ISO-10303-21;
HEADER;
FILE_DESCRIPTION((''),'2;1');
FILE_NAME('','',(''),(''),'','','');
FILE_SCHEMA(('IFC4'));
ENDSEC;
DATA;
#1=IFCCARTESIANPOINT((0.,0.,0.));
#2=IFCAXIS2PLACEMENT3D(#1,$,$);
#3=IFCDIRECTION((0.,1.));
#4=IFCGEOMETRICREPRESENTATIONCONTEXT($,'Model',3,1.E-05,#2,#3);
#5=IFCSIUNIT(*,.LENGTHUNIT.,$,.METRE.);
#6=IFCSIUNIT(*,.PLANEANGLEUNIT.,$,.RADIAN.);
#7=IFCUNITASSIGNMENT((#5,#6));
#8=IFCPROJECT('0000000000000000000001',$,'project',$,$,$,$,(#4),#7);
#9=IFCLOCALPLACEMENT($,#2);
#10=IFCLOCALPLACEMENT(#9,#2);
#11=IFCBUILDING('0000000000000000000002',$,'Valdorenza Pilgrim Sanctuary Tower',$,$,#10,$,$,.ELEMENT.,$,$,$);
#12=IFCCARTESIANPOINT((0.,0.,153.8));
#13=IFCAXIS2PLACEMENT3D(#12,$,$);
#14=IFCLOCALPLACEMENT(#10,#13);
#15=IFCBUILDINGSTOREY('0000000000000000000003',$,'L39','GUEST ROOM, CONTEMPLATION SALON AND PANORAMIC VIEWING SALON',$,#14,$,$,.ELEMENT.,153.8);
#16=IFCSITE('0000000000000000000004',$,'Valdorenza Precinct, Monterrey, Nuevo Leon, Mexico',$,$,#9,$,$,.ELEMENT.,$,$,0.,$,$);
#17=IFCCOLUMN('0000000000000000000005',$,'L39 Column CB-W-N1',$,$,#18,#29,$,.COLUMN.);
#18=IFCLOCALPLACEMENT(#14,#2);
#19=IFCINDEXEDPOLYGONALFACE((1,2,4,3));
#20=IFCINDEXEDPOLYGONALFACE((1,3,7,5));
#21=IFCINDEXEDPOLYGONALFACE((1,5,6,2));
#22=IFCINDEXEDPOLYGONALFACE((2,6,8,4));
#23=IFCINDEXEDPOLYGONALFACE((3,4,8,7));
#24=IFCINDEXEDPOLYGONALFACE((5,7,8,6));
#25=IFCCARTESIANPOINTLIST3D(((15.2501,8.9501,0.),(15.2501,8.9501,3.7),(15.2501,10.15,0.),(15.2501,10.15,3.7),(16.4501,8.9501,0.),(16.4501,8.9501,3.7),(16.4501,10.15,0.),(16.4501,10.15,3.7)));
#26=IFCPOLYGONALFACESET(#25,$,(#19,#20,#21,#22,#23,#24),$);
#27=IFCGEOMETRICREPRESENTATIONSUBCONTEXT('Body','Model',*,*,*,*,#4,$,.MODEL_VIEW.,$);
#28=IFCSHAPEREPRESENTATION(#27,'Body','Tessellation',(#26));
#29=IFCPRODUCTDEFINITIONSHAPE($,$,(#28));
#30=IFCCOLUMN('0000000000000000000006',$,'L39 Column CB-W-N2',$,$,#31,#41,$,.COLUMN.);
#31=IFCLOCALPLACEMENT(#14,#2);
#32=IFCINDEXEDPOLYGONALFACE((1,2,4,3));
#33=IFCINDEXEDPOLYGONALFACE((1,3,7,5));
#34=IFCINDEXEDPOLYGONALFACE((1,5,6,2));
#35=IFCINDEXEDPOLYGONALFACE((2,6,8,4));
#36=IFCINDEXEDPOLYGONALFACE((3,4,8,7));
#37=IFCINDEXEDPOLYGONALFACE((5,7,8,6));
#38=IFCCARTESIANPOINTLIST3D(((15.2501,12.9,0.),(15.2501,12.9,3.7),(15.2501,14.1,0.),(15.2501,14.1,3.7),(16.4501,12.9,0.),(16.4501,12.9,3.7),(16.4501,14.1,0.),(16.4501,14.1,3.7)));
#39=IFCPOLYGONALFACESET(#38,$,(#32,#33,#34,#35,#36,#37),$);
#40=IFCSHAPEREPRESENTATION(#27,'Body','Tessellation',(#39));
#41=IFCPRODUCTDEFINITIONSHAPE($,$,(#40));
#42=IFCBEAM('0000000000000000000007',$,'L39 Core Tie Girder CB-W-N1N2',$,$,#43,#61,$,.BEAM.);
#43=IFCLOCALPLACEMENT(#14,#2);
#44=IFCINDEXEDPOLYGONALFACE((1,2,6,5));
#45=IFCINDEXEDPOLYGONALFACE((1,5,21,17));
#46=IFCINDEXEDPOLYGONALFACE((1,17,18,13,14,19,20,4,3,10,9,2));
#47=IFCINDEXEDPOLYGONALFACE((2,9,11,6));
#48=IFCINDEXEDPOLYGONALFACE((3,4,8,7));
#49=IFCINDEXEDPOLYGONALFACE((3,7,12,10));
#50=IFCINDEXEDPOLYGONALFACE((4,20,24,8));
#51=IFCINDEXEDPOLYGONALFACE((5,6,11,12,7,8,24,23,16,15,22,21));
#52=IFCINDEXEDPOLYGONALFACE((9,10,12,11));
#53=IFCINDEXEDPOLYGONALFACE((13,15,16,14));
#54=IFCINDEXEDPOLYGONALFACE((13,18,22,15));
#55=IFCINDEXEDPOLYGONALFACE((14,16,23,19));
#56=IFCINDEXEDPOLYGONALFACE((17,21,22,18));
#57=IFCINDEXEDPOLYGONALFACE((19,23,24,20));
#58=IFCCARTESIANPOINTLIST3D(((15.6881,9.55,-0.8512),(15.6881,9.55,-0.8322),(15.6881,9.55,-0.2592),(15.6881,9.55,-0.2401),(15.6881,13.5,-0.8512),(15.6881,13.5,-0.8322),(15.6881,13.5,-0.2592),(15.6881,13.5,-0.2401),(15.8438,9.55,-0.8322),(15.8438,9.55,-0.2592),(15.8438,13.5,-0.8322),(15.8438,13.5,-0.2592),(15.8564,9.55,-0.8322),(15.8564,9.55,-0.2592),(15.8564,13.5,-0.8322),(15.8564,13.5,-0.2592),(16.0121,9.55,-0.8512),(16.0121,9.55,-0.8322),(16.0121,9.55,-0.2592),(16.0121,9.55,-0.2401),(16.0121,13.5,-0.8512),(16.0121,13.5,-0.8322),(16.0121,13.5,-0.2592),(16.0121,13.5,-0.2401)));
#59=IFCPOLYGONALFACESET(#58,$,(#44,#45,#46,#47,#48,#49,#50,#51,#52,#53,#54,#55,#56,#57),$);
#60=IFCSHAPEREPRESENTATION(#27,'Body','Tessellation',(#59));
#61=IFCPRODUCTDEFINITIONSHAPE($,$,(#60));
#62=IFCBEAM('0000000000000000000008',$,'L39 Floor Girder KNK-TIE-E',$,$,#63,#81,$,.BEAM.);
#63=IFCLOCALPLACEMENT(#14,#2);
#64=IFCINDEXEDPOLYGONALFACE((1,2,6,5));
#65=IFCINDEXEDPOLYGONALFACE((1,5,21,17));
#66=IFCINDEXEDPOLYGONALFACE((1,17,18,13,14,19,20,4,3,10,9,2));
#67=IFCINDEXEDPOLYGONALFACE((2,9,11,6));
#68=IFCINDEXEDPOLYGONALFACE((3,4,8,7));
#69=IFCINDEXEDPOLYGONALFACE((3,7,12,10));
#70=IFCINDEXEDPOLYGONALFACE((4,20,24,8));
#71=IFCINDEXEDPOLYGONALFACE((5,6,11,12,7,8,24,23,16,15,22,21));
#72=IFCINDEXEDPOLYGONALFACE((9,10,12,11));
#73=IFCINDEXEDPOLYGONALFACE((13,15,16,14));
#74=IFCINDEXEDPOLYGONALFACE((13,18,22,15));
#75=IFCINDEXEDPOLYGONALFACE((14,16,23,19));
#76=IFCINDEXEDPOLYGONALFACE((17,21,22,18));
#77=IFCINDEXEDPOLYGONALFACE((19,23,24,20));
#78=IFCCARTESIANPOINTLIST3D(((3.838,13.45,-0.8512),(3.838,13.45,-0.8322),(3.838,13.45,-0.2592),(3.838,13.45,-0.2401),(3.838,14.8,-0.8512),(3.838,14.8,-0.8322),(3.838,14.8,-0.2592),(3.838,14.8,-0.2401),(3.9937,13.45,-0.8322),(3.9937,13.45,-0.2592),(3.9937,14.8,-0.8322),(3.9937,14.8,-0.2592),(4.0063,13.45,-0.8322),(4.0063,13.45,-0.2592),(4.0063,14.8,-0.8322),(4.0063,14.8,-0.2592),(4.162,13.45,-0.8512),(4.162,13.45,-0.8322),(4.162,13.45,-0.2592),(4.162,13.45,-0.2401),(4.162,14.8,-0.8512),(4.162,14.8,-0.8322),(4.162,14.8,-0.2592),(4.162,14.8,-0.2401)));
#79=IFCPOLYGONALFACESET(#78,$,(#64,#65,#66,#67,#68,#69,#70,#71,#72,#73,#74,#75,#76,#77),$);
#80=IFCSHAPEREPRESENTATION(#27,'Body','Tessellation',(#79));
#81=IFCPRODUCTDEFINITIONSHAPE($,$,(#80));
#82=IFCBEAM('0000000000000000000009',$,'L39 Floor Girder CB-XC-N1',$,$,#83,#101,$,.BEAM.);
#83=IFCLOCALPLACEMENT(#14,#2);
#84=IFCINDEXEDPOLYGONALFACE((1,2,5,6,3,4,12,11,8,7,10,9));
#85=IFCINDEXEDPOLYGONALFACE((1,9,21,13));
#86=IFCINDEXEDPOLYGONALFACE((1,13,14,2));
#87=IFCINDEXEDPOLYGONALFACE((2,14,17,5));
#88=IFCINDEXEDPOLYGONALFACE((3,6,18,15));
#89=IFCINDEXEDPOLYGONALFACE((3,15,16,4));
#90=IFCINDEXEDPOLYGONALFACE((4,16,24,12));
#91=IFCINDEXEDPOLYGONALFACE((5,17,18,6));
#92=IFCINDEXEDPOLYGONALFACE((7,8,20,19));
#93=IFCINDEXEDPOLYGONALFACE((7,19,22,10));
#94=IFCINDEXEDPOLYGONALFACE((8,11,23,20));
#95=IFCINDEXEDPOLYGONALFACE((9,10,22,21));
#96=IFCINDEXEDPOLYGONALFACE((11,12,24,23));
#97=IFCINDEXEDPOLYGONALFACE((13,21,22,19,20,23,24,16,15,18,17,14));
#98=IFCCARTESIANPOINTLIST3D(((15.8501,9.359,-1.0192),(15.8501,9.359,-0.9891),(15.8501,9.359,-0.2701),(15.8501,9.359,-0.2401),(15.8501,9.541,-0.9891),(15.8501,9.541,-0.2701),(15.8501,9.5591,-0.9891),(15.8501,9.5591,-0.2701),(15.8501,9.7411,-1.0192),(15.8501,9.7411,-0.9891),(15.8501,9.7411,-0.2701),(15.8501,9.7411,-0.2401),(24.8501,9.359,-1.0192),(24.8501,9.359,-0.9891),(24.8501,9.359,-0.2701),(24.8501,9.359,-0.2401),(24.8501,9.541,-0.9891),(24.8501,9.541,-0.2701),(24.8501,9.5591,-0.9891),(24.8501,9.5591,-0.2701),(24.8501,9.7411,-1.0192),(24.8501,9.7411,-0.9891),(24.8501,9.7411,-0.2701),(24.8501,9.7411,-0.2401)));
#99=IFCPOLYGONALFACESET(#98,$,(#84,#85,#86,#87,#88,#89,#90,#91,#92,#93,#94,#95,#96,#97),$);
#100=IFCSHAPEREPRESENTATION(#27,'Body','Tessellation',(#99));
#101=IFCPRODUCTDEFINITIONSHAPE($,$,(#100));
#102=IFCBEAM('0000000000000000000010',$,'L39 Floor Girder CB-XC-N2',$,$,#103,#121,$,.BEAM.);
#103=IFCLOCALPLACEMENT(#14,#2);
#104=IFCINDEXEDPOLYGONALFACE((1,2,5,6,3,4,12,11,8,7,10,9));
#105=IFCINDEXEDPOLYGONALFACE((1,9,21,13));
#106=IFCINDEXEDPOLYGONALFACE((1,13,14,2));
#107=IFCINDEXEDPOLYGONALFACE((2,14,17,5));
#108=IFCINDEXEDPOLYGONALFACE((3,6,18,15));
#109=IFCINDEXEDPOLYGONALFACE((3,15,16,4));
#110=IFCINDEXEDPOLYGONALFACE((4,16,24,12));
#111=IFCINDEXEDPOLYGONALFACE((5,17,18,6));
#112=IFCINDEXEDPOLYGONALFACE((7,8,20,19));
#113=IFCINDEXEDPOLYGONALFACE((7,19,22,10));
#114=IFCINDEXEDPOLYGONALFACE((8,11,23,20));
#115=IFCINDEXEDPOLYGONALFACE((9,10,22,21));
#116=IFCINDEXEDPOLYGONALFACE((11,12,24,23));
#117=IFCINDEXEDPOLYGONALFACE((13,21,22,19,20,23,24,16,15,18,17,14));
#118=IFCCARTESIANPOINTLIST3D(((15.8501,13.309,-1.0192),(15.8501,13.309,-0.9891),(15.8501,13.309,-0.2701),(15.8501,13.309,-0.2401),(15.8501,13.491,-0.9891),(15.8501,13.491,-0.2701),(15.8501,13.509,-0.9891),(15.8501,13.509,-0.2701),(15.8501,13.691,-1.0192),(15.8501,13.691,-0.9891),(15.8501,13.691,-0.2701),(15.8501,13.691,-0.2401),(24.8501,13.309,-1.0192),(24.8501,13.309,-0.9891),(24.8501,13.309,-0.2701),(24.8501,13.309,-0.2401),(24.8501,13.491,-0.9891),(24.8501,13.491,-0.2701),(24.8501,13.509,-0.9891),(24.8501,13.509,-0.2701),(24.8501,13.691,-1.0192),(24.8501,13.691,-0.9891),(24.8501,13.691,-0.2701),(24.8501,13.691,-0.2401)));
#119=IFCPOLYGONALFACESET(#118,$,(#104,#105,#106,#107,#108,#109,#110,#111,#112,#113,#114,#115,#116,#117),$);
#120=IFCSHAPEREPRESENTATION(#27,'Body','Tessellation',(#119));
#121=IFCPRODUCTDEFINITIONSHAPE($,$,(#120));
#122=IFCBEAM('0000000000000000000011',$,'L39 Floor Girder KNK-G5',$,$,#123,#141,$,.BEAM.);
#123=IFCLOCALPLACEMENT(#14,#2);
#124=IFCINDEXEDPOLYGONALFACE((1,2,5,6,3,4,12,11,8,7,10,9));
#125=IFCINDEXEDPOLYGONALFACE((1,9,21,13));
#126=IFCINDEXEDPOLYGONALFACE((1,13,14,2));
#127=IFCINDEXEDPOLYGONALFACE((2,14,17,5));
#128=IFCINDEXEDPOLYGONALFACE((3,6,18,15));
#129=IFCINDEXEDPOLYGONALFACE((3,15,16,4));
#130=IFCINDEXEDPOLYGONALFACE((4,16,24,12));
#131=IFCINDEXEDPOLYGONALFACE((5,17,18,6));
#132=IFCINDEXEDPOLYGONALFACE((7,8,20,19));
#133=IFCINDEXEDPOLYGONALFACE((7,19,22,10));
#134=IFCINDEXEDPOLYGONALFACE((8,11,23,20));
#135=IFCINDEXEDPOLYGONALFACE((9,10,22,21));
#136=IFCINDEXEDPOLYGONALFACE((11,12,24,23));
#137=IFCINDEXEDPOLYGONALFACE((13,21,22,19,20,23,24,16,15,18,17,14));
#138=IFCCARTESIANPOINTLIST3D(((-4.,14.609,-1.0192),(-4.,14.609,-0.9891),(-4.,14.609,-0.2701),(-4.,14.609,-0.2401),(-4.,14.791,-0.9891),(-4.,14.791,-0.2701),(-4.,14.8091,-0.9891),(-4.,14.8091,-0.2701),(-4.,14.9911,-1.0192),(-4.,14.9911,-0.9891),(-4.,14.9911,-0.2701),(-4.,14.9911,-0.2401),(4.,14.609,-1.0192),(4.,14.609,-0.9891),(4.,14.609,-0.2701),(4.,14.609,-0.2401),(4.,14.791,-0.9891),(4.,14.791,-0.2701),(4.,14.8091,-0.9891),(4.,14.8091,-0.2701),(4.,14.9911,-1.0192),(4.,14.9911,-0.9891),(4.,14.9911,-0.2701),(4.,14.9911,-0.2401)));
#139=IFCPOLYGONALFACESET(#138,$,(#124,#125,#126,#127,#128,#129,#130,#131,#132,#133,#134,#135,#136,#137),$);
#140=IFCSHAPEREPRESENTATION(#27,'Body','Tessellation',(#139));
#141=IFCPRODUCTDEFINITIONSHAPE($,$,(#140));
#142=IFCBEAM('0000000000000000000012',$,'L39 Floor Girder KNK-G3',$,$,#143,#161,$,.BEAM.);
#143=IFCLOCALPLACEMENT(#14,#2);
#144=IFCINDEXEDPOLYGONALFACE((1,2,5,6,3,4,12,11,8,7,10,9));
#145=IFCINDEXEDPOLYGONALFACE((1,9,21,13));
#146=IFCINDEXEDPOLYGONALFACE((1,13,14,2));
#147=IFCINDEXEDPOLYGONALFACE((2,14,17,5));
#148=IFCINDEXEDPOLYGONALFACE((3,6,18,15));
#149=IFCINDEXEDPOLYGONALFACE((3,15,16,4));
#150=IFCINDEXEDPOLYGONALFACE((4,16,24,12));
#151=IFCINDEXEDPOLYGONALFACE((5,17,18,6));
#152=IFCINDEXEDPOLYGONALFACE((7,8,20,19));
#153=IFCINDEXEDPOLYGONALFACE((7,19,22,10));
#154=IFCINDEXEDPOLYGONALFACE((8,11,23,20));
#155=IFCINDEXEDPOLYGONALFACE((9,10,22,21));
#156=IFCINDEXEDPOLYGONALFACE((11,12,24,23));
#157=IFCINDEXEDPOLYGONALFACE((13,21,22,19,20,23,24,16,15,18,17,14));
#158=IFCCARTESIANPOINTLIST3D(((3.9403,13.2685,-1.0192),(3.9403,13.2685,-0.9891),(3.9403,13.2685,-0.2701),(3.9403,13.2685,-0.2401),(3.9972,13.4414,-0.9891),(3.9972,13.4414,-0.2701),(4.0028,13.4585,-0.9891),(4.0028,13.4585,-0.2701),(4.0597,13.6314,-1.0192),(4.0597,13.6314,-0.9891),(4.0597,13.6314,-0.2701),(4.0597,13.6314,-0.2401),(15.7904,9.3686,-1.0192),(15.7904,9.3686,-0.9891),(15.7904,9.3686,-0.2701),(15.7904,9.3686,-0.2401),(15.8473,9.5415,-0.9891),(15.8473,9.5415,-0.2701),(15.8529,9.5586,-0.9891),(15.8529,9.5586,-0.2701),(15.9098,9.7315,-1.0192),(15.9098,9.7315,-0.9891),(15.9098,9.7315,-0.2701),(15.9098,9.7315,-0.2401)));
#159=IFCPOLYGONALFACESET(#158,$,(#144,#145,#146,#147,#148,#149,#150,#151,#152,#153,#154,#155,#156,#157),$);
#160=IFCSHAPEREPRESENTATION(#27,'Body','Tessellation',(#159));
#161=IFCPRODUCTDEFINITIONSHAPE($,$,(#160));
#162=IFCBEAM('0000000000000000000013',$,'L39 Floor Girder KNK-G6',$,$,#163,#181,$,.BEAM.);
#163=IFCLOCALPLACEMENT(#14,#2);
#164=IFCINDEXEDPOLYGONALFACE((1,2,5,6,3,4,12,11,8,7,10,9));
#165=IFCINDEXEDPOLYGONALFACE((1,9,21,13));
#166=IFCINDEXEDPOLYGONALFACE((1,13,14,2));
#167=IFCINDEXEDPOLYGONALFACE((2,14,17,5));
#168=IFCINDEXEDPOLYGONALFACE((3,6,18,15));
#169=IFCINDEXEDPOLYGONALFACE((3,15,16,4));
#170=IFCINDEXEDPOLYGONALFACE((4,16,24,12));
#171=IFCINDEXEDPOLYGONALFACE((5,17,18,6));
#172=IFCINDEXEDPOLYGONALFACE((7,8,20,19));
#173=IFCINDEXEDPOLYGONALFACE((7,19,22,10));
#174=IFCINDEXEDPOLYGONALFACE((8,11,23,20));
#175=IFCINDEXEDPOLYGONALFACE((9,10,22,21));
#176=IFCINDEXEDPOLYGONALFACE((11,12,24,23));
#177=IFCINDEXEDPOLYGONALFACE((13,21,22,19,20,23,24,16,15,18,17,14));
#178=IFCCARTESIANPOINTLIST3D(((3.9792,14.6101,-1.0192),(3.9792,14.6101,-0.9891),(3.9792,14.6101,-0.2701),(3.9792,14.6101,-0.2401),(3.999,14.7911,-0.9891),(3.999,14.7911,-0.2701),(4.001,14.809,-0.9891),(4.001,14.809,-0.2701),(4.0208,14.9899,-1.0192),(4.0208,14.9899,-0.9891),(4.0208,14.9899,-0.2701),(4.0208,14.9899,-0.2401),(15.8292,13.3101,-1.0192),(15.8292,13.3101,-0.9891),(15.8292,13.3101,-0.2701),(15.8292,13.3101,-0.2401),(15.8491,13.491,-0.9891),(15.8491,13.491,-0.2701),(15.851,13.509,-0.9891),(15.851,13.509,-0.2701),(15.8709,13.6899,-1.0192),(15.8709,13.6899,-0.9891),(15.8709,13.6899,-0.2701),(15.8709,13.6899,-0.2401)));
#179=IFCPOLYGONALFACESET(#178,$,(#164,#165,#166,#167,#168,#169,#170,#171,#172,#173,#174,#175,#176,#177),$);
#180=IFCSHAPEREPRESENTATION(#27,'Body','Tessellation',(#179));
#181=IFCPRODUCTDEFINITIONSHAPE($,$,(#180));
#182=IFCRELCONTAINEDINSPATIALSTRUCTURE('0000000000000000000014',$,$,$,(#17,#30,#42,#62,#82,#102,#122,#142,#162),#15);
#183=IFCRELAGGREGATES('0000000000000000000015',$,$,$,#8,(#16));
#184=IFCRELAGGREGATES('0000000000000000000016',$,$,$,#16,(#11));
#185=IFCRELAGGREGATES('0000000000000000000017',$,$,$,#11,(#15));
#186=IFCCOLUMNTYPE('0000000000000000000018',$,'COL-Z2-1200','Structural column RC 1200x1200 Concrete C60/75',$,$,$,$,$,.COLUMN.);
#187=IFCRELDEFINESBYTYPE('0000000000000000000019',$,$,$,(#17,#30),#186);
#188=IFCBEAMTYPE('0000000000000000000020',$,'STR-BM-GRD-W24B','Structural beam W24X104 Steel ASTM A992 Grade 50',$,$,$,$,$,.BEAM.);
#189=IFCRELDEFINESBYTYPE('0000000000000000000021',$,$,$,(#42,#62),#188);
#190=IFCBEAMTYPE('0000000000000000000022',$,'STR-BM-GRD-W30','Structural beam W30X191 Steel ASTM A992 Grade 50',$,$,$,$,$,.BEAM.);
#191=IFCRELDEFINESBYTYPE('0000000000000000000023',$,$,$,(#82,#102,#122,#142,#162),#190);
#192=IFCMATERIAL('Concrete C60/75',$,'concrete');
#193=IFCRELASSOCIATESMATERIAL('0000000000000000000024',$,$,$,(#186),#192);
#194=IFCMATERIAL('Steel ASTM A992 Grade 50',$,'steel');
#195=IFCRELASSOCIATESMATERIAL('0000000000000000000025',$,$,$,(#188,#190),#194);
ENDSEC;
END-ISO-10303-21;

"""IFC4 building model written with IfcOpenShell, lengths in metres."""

from ifc_helpers import new_model, si_unit, direction, frame, origin, origin_2d, place, context, subcontext, project, spatial, rectangle, i_section, extrude, source, transform, mapped, material, material_profile, profile_set, type_object, element, save


model = new_model("IFC4")

# Units and contexts
model_context = context("Model", 3, precision=1e-05, world=origin(), true_north=direction((0.0, 1.0)))
body_context = subcontext(model_context, "Body", "Model", "MODEL_VIEW")
ifc_project = project(units=[si_unit("LENGTHUNIT", "METRE"), si_unit("PLANEANGLEUNIT", "RADIAN")], contexts=[model_context])

# Site, building, storey
site_placement = place(None, origin())
site = spatial("IfcSite", under=ifc_project, at=site_placement, Name="Valdorenza Precinct, Monterrey, Nuevo Leon, Mexico", CompositionType="ELEMENT", RefElevation=0.0)
building_placement = place(site_placement, origin())
building = spatial("IfcBuilding", under=site, at=building_placement, Name="Valdorenza Pilgrim Sanctuary Tower", CompositionType="ELEMENT")
storey_placement = place(building_placement, frame((0.0, 0.0, 153.8)))
storey = spatial("IfcBuildingStorey", under=building, at=storey_placement, Name="L39", Description="GUEST ROOM, CONTEMPLATION SALON AND PANORAMIC VIEWING SALON", CompositionType="ELEMENT", Elevation=153.8)

# Columns
ifc_material_1 = material(Name="Concrete C60/75", Category="concrete")
ifc_material_profile_1 = material_profile(ifc_material_1, rectangle(XDim=1.2, YDim=1.2, at=origin_2d()), Name="RC 1200x1200")
ifc_profile_set_1 = profile_set([ifc_material_profile_1], Name="Concrete C60/75")
column_type = type_object("IfcColumnType", Name="COL-Z2-1200", Description="Structural column RC 1200x1200 Concrete C60/75", PredefinedType="COLUMN", material=ifc_profile_set_1)
shared_shape_1 = source(origin(), body_context, "Body", "SweptSolid", [
    extrude(rectangle(XDim=1.2, YDim=1.2, at=origin_2d()), origin(), (0.0, 0.0, 1.0), 3.7),
])
for number, where, z_axis, x_axis, name in (
    (1, (15.8501, 9.55, 0.0), (0.0, 0.0, 1.0), (1.0, 0.0, 0.0), "L39 Column CB-W-N1"),
    (2, (15.8501, 13.5, 0.0), (0.0, 0.0, 1.0), (1.0, 0.0, 0.0), "L39 Column CB-W-N2"),
):
    element("IfcColumn", number, at=place(storey_placement, frame(where, z_axis=z_axis, x_axis=x_axis)), inside=storey, type_object=column_type, Name=name, PredefinedType="COLUMN", context=body_context, shape_type="MappedRepresentation", body=[
        mapped(shared_shape_1, transform((0.0, 0.0, 0.0), x_axis=(1.0, 0.0, 0.0), y_axis=(0.0, 1.0, 0.0), z_axis=(0.0, 0.0, 1.0), scale=1.0)),
    ])

# Beams
ifc_material_2 = material(Name="Steel ASTM A992 Grade 50", Category="steel")
ifc_material_profile_2 = material_profile(ifc_material_2, i_section(OverallWidth=0.324, OverallDepth=0.6111, WebThickness=0.0127, FlangeThickness=0.019, at=origin_2d()), Name="W24X104")
ifc_profile_set_2 = profile_set([ifc_material_profile_2], Name="Steel ASTM A992 Grade 50")
beam_type_1 = type_object("IfcBeamType", Name="STR-BM-GRD-W24B", Description="Structural beam W24X104 Steel ASTM A992 Grade 50", PredefinedType="BEAM", material=ifc_profile_set_2)
shared_shape_2 = source(origin(), body_context, "Body", "SweptSolid", [
    extrude(i_section(OverallWidth=0.324, OverallDepth=0.6111, WebThickness=0.0127, FlangeThickness=0.019, at=origin_2d()), origin(), (0.0, 0.0, 1.0), 3.95),
])
beam_1_placement = place(storey_placement, frame((15.8501, 9.55, -0.5457), z_axis=(0.0, 1.0, 0.0), x_axis=(-1.0, 0.0, 0.0)))
element("IfcBeam", 3, at=beam_1_placement, inside=storey, type_object=beam_type_1, Name="L39 Core Tie Girder CB-W-N1N2", PredefinedType="BEAM", context=body_context, shape_type="MappedRepresentation", body=[
    mapped(shared_shape_2, transform((0.0, 0.0, 0.0), x_axis=(1.0, 0.0, 0.0), y_axis=(0.0, 1.0, 0.0), z_axis=(0.0, 0.0, 1.0), scale=1.0)),
])
shared_shape_3 = source(origin(), body_context, "Body", "SweptSolid", [
    extrude(i_section(OverallWidth=0.324, OverallDepth=0.6111, WebThickness=0.0127, FlangeThickness=0.019, at=origin_2d()), origin(), (0.0, 0.0, 1.0), 1.3501),
])
beam_2_placement = place(storey_placement, frame((4.0, 13.45, -0.5457), z_axis=(0.0, 1.0, 0.0), x_axis=(-1.0, 0.0, 0.0)))
element("IfcBeam", 4, at=beam_2_placement, inside=storey, type_object=beam_type_1, Name="L39 Floor Girder KNK-TIE-E", PredefinedType="BEAM", context=body_context, shape_type="MappedRepresentation", body=[
    mapped(shared_shape_3, transform((0.0, 0.0, 0.0), x_axis=(1.0, 0.0, 0.0), y_axis=(0.0, 1.0, 0.0), z_axis=(0.0, 0.0, 1.0), scale=1.0)),
])
ifc_material_profile_3 = material_profile(ifc_material_2, i_section(OverallWidth=0.3821, OverallDepth=0.7791, WebThickness=0.0181, FlangeThickness=0.03, at=origin_2d()), Name="W30X191")
ifc_profile_set_3 = profile_set([ifc_material_profile_3], Name="Steel ASTM A992 Grade 50")
beam_type_2 = type_object("IfcBeamType", Name="STR-BM-GRD-W30", Description="Structural beam W30X191 Steel ASTM A992 Grade 50", PredefinedType="BEAM", material=ifc_profile_set_3)
shared_shape_4 = source(origin(), body_context, "Body", "SweptSolid", [
    extrude(i_section(OverallWidth=0.3821, OverallDepth=0.7791, WebThickness=0.0181, FlangeThickness=0.03, at=origin_2d()), origin(), (0.0, 0.0, 1.0), 9.0),
])
for number, where, z_axis, x_axis, name in (
    (5, (15.8501, 9.55, -0.6296), (1.0, 0.0, 0.0), (0.0, 1.0, 0.0), "L39 Floor Girder CB-XC-N1"),
    (6, (15.8501, 13.5, -0.6296), (1.0, 0.0, 0.0), (0.0, 1.0, 0.0), "L39 Floor Girder CB-XC-N2"),
):
    element("IfcBeam", number, at=place(storey_placement, frame(where, z_axis=z_axis, x_axis=x_axis)), inside=storey, type_object=beam_type_2, Name=name, PredefinedType="BEAM", context=body_context, shape_type="MappedRepresentation", body=[
        mapped(shared_shape_4, transform((0.0, 0.0, 0.0), x_axis=(1.0, 0.0, 0.0), y_axis=(0.0, 1.0, 0.0), z_axis=(0.0, 0.0, 1.0), scale=1.0)),
    ])
shared_shape_5 = source(origin(), body_context, "Body", "SweptSolid", [
    extrude(i_section(OverallWidth=0.3821, OverallDepth=0.7791, WebThickness=0.0181, FlangeThickness=0.03, at=origin_2d()), origin(), (0.0, 0.0, 1.0), 8.0),
])
beam_3_placement = place(storey_placement, frame((-4.0, 14.8, -0.6296), z_axis=(1.0, 0.0, 0.0), x_axis=(0.0, 1.0, 0.0)))
element("IfcBeam", 7, at=beam_3_placement, inside=storey, type_object=beam_type_2, Name="L39 Floor Girder KNK-G5", PredefinedType="BEAM", context=body_context, shape_type="MappedRepresentation", body=[
    mapped(shared_shape_5, transform((0.0, 0.0, 0.0), x_axis=(1.0, 0.0, 0.0), y_axis=(0.0, 1.0, 0.0), z_axis=(0.0, 0.0, 1.0), scale=1.0)),
])
shared_shape_6 = source(origin(), body_context, "Body", "SweptSolid", [
    extrude(i_section(OverallWidth=0.3821, OverallDepth=0.7791, WebThickness=0.0181, FlangeThickness=0.03, at=origin_2d()), origin(), (0.0, 0.0, 1.0), 12.4753),
])
beam_4_placement = place(storey_placement, frame((4.0, 13.45, -0.6296), z_axis=(0.949882, -0.312609, 0.0), x_axis=(0.312609, 0.949882, 0.0)))
element("IfcBeam", 8, at=beam_4_placement, inside=storey, type_object=beam_type_2, Name="L39 Floor Girder KNK-G3", PredefinedType="BEAM", context=body_context, shape_type="MappedRepresentation", body=[
    mapped(shared_shape_6, transform((0.0, 0.0, 0.0), x_axis=(1.0, 0.0, 0.0), y_axis=(0.0, 1.0, 0.0), z_axis=(0.0, 0.0, 1.0), scale=1.0)),
])
shared_shape_7 = source(origin(), body_context, "Body", "SweptSolid", [
    extrude(i_section(OverallWidth=0.3821, OverallDepth=0.7791, WebThickness=0.0181, FlangeThickness=0.03, at=origin_2d()), origin(), (0.0, 0.0, 1.0), 11.9211),
])
beam_5_placement = place(storey_placement, frame((4.0, 14.8, -0.6296), z_axis=(0.994036, -0.109054, 0.0), x_axis=(0.109054, 0.994036, 0.0)))
element("IfcBeam", 9, at=beam_5_placement, inside=storey, type_object=beam_type_2, Name="L39 Floor Girder KNK-G6", PredefinedType="BEAM", context=body_context, shape_type="MappedRepresentation", body=[
    mapped(shared_shape_7, transform((0.0, 0.0, 0.0), x_axis=(1.0, 0.0, 0.0), y_axis=(0.0, 1.0, 0.0), z_axis=(0.0, 0.0, 1.0), scale=1.0)),
])

save(model, "model.ifc")
